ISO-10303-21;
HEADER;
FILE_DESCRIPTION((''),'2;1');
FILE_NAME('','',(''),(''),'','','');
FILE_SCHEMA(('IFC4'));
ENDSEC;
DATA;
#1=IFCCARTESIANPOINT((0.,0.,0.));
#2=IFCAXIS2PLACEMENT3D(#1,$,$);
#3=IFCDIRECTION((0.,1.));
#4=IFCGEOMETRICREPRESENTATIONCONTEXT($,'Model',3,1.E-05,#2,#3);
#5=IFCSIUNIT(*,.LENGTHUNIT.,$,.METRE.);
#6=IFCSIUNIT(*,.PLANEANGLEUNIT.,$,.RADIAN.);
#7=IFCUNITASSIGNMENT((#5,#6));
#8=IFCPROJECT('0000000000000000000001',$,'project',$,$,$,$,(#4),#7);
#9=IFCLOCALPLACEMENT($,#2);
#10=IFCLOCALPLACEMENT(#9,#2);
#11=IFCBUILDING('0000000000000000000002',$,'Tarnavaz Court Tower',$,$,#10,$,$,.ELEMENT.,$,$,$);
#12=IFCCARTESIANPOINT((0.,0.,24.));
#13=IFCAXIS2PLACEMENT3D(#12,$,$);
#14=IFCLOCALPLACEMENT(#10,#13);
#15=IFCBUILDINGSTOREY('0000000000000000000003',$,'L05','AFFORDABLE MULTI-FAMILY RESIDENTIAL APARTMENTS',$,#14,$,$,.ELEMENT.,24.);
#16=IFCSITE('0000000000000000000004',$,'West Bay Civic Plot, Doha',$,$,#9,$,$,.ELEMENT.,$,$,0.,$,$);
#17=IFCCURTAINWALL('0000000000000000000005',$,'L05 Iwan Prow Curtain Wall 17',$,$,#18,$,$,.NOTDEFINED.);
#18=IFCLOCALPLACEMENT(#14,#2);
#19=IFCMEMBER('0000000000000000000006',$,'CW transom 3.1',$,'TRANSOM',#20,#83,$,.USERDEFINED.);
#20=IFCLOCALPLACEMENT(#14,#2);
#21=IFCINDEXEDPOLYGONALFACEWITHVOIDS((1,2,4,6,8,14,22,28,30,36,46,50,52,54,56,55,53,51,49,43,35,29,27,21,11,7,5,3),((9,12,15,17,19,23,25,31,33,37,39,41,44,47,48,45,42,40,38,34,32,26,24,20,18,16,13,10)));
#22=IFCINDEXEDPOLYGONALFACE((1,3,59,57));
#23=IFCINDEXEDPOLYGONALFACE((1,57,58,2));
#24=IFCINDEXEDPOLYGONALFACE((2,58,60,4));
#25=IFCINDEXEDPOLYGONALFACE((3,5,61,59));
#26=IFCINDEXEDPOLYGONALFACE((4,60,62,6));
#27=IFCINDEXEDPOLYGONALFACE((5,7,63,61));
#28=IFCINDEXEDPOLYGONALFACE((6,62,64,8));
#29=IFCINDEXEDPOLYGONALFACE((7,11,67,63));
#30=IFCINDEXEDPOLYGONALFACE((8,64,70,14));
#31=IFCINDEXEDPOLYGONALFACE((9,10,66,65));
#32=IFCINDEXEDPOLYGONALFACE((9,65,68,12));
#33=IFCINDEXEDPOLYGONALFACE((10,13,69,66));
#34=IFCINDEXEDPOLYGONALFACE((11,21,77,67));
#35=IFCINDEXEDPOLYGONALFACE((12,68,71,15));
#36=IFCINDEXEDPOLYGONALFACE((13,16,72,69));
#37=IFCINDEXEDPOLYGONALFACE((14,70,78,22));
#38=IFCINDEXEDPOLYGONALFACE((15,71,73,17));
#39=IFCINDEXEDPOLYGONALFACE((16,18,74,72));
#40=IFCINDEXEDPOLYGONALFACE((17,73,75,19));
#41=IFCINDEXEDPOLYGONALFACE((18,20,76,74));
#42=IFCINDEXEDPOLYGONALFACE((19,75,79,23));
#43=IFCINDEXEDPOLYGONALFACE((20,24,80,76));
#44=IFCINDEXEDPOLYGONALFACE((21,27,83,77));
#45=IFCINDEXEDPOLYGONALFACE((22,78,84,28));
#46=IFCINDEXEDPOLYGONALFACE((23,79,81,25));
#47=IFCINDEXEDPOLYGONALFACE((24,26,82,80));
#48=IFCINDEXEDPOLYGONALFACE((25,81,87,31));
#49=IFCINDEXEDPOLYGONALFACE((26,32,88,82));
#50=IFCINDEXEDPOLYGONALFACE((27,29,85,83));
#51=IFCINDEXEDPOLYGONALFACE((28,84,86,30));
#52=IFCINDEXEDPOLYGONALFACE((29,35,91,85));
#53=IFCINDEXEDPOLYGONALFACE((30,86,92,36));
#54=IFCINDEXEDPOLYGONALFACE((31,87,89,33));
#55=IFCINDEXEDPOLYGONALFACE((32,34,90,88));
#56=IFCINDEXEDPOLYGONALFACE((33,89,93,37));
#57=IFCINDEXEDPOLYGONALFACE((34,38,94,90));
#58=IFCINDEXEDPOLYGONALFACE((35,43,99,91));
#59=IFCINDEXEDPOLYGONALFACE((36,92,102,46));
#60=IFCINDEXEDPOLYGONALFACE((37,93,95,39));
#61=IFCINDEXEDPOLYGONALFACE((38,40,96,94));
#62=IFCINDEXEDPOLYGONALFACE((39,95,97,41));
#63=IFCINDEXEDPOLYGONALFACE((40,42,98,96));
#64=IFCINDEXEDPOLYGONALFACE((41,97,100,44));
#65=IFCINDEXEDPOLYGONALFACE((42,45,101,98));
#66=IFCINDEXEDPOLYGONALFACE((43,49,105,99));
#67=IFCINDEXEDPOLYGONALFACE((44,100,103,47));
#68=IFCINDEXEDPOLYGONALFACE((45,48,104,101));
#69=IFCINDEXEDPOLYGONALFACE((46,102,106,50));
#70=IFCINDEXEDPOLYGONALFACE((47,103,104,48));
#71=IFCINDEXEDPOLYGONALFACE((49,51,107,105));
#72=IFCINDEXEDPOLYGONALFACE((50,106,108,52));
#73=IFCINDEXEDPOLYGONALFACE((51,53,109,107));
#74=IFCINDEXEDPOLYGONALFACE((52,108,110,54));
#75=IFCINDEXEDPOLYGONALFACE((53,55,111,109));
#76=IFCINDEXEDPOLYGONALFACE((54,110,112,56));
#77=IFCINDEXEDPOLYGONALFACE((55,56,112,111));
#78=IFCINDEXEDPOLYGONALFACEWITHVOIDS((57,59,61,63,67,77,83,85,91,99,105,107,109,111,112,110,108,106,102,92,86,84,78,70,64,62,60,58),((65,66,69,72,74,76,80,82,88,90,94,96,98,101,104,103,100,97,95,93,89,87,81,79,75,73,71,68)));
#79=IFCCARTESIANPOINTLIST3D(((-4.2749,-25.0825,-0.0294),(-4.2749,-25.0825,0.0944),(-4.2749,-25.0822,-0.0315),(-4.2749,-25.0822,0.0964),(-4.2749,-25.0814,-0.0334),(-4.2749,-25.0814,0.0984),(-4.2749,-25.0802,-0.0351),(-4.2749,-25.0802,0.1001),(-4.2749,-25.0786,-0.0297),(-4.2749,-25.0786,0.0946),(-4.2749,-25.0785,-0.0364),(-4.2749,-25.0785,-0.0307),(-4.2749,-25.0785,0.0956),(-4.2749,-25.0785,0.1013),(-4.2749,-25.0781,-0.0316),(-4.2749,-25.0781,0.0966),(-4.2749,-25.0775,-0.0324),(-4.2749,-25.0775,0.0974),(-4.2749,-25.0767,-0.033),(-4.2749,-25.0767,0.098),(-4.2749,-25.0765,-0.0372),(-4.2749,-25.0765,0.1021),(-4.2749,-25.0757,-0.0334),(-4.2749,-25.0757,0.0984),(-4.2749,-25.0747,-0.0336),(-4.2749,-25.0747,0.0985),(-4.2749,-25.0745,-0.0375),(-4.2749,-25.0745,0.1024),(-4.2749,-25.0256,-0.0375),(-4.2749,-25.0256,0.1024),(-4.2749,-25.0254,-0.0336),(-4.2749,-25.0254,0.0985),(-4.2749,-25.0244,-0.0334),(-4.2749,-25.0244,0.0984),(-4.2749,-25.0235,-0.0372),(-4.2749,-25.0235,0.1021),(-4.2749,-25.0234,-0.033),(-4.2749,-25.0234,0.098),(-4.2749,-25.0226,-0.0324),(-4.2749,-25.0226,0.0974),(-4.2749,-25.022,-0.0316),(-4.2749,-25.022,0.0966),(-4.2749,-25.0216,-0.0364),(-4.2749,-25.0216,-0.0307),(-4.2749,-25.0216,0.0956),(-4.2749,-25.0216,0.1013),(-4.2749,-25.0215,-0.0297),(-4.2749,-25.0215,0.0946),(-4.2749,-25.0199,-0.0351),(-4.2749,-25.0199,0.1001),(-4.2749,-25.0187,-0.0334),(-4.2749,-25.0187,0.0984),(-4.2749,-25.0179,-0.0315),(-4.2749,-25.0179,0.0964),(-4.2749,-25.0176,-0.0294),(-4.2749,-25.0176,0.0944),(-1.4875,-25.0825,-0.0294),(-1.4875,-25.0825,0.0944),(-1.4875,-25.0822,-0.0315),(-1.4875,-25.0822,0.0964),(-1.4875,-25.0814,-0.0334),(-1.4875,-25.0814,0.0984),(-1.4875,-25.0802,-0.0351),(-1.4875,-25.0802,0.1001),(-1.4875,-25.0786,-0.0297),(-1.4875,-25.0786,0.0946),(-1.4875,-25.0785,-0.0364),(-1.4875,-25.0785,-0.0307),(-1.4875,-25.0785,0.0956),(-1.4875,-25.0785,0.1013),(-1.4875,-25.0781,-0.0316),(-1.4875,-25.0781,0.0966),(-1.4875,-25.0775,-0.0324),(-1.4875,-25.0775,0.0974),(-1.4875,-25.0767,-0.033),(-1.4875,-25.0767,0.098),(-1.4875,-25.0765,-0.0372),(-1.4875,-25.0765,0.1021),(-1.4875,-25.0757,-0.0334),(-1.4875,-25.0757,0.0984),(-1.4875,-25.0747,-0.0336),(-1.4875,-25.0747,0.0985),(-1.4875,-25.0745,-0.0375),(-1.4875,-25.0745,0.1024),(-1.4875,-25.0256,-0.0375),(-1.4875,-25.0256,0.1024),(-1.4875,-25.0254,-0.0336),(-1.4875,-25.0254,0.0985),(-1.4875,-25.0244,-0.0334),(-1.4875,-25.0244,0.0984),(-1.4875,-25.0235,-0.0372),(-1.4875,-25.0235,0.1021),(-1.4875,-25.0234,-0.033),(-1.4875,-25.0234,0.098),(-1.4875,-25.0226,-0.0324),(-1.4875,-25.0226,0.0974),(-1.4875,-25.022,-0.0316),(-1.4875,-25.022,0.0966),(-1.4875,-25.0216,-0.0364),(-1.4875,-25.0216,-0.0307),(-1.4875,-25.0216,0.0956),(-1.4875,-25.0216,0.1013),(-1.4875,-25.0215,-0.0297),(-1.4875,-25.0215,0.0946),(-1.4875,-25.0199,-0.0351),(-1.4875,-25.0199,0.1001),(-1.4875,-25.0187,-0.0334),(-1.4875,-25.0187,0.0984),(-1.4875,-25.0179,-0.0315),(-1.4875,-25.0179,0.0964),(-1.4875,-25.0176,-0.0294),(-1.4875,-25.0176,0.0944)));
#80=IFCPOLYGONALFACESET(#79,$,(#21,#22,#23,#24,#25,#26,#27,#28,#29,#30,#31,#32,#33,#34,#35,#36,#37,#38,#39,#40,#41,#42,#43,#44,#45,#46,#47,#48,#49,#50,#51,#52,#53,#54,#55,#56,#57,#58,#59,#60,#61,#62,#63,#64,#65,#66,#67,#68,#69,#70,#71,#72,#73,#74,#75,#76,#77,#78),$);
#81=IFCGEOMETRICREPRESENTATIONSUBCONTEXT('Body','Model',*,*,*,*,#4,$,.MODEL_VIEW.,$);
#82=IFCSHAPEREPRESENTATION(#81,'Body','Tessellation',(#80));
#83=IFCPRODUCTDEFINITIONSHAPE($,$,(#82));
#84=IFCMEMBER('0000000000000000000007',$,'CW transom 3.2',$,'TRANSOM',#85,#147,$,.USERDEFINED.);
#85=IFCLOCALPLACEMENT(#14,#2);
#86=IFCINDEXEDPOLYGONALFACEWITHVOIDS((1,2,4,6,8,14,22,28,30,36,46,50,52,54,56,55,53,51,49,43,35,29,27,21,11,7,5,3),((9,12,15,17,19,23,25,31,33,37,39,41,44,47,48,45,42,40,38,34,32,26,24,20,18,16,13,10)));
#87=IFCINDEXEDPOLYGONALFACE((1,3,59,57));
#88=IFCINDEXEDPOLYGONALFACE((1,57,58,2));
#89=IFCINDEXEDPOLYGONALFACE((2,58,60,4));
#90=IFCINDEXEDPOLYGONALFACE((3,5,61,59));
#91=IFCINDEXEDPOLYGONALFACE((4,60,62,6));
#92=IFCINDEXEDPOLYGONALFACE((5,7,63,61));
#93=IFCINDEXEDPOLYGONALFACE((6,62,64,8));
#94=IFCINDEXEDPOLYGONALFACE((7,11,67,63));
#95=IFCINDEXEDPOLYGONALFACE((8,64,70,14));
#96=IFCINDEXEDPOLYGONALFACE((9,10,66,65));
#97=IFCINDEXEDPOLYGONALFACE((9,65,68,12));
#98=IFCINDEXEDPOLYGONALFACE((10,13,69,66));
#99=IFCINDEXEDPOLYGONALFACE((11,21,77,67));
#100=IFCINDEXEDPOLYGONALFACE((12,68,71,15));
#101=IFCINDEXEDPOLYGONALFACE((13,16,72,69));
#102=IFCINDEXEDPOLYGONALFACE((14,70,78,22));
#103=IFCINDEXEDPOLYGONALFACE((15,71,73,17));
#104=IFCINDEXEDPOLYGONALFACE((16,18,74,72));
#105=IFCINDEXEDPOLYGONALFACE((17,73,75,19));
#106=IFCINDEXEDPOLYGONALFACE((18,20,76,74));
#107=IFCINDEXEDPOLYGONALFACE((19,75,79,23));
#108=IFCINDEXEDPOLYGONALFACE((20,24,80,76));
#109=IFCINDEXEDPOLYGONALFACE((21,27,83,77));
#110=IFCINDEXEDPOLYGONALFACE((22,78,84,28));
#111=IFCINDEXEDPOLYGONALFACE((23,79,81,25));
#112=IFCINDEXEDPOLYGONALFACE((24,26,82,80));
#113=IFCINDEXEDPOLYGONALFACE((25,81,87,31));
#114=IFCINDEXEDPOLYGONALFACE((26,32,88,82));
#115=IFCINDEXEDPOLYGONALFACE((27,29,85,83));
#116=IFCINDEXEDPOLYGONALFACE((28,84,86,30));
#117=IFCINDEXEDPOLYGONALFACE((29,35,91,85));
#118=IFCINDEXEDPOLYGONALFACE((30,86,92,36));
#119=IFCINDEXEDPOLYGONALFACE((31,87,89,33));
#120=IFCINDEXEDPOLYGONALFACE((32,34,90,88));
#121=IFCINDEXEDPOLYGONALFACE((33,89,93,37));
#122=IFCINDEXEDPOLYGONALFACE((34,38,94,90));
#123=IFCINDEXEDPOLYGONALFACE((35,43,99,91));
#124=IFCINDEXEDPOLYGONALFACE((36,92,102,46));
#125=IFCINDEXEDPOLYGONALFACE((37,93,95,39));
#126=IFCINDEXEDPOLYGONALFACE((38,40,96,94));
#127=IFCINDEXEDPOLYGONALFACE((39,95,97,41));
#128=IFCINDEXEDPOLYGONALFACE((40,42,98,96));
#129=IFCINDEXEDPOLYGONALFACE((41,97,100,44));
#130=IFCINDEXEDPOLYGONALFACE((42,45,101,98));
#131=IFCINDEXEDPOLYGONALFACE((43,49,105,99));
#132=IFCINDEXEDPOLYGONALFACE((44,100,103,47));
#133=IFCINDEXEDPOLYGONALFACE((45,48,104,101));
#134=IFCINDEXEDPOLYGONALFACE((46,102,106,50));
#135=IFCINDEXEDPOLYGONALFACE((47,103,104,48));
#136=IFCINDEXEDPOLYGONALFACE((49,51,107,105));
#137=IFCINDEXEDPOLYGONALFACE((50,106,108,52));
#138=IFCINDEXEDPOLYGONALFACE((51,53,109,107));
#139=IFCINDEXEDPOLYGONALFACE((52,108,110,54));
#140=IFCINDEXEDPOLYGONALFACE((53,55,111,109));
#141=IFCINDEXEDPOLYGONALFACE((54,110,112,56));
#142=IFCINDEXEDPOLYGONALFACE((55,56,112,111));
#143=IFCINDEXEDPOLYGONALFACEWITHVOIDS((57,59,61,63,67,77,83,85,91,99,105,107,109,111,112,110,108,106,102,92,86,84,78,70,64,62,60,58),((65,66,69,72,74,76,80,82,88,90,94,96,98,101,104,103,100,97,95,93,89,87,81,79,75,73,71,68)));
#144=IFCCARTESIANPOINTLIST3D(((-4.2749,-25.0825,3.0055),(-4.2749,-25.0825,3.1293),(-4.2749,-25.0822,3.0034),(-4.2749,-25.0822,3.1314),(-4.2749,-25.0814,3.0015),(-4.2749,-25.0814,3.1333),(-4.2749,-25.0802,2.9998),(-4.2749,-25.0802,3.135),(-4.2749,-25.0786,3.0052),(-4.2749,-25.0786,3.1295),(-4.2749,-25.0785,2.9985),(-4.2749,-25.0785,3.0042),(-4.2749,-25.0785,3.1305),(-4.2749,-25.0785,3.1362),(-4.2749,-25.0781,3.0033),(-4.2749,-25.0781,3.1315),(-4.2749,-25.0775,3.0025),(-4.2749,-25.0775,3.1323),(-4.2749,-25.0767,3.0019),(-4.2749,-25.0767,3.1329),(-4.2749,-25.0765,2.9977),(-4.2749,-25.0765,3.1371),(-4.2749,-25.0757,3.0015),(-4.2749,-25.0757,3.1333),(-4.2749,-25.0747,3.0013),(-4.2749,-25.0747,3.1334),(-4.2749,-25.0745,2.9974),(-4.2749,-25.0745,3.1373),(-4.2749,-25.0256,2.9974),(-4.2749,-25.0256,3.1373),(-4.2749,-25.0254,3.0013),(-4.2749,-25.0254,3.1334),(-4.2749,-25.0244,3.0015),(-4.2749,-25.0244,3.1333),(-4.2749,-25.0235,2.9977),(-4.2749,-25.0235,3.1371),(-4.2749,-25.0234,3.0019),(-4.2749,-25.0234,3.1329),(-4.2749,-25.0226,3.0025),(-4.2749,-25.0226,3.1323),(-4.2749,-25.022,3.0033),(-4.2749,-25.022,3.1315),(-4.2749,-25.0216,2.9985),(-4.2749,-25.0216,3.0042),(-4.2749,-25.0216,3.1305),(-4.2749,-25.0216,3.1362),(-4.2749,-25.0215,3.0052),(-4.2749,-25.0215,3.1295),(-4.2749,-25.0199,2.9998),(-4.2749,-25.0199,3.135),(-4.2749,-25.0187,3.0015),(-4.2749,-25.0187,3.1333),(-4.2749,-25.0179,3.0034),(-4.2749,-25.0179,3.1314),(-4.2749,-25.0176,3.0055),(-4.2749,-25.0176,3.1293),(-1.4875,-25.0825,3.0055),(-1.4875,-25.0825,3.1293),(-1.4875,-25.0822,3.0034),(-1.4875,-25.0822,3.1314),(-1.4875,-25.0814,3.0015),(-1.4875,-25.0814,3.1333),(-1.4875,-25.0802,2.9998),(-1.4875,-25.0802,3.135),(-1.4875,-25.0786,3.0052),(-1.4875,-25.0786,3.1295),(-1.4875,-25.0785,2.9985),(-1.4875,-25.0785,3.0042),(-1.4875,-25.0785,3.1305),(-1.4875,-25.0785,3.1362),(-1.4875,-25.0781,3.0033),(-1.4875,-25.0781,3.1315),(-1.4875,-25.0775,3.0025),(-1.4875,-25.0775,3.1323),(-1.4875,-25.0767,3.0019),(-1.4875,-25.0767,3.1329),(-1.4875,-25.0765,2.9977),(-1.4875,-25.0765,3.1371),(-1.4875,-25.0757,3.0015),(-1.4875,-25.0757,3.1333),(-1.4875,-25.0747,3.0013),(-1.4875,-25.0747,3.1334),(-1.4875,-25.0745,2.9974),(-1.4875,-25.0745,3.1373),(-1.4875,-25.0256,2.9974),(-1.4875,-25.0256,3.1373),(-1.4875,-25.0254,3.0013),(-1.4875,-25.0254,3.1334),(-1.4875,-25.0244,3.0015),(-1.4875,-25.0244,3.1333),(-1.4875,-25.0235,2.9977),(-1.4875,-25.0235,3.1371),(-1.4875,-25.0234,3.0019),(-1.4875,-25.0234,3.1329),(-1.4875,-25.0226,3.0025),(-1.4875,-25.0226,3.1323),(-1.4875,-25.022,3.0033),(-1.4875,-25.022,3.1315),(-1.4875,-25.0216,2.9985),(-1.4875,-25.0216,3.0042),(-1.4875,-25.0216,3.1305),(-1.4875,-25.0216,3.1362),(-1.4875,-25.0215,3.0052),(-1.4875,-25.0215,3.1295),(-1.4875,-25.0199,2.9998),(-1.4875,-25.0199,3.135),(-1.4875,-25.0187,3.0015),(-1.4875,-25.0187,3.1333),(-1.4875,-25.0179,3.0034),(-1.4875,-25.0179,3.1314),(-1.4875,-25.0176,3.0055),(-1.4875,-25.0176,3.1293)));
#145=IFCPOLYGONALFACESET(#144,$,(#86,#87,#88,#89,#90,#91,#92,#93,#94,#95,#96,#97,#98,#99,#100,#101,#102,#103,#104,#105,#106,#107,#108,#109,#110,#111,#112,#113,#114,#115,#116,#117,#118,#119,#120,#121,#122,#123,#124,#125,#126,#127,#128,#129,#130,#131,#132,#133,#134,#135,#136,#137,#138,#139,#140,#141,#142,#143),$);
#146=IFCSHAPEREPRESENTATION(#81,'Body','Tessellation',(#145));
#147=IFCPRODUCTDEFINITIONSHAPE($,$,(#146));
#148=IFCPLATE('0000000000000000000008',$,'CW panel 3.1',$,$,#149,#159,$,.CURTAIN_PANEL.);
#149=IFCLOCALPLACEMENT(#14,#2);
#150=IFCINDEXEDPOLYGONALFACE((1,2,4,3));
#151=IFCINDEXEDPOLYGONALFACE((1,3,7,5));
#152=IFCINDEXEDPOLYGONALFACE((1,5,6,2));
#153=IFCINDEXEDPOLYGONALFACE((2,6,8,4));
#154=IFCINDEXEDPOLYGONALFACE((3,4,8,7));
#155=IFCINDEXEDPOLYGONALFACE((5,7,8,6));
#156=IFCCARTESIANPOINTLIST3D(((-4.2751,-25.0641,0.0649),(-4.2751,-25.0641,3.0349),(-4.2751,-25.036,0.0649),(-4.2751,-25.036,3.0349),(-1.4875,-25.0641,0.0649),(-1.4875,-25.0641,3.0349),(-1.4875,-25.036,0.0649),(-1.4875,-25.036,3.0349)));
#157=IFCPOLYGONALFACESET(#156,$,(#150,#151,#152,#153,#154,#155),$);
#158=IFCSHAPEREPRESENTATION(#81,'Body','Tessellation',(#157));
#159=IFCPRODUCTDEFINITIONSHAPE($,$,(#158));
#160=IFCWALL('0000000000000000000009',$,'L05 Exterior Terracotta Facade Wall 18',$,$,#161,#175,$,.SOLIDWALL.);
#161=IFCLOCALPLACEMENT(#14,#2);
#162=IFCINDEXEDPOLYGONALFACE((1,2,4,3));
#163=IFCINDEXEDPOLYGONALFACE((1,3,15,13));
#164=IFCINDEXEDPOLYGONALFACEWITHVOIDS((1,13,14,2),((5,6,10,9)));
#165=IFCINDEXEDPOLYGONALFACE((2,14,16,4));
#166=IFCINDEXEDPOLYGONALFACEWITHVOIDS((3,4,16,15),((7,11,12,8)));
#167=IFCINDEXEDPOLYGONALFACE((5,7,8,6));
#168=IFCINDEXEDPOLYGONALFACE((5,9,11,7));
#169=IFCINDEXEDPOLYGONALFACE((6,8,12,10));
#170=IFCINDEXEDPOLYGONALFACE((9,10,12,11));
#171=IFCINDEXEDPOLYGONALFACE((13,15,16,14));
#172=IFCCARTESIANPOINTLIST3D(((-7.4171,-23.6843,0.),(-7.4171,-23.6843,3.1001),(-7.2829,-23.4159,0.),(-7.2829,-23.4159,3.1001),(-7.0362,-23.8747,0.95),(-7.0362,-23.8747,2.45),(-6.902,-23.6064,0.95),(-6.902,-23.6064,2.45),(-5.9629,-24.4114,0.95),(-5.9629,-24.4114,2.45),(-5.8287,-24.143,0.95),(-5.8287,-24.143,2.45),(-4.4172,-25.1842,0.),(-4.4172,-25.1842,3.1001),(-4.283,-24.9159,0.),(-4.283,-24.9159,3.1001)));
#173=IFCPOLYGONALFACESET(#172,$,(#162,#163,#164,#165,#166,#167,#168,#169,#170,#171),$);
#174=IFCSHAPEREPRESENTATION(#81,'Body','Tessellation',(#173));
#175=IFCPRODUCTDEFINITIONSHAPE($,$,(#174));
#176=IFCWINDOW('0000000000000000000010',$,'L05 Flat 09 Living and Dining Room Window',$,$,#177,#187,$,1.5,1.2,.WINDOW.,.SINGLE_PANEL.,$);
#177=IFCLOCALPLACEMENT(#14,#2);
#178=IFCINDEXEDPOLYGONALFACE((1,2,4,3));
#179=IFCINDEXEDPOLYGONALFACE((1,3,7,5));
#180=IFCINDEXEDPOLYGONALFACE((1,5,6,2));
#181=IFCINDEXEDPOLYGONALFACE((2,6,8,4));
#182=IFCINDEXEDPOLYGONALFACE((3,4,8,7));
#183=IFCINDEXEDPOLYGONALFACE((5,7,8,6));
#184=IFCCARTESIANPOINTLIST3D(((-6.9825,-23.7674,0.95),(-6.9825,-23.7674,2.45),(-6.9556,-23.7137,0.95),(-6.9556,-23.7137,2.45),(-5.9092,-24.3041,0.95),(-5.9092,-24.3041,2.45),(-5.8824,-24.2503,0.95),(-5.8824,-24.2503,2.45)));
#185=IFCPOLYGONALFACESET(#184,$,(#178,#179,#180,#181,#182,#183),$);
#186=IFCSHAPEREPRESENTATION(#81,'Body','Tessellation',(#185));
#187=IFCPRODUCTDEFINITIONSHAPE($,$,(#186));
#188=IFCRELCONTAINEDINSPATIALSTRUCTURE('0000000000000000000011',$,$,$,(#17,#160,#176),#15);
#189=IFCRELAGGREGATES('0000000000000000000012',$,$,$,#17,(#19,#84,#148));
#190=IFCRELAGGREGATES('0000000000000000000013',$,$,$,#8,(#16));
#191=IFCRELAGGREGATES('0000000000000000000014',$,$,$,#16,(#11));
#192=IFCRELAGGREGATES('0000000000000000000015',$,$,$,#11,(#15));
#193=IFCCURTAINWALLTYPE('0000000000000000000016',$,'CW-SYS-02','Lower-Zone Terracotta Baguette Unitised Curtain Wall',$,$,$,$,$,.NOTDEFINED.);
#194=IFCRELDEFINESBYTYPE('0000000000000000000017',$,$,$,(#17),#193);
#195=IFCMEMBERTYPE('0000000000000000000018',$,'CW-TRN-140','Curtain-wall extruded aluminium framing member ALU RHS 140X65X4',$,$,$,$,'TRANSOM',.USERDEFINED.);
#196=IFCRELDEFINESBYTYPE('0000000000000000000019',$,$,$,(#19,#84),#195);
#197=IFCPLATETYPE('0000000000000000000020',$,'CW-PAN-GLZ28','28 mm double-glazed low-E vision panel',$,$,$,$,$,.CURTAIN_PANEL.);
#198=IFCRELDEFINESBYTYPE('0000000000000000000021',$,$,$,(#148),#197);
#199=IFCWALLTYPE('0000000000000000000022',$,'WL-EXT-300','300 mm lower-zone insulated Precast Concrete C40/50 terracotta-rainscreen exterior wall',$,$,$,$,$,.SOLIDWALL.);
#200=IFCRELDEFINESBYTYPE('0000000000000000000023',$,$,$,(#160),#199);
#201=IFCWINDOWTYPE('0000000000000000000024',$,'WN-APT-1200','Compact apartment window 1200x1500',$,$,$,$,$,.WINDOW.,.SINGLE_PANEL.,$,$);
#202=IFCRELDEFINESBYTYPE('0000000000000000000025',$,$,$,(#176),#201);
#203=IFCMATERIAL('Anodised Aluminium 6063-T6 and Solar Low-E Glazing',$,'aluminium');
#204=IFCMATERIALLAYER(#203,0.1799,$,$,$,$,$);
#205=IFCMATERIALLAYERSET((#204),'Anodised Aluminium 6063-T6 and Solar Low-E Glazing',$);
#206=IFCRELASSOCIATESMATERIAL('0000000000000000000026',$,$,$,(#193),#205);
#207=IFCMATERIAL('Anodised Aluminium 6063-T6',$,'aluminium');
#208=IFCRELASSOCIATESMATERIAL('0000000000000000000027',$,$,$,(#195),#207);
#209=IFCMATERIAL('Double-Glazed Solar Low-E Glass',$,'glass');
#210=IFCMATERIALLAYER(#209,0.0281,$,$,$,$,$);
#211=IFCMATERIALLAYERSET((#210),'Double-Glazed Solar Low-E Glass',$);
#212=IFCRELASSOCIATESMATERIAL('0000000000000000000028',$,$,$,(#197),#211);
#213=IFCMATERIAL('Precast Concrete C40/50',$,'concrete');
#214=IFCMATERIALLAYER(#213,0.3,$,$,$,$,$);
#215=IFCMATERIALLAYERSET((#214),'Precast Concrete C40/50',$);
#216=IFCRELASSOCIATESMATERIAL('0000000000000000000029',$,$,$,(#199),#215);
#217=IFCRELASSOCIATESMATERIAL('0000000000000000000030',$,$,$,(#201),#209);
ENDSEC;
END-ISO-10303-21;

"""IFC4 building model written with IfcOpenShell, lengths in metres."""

from ifc_helpers import new_model, si_unit, direction, frame, frame_2d, origin, origin_2d, place, context, subcontext, project, spatial, rectangle, hollow_rectangle, extrude, material, layer, layer_set, material_profile, profile_set, type_object, element, fill, aggregate, save


model = new_model("IFC4")

# Units and contexts
model_context = context("Model", 3, precision=1e-05, world=origin(), true_north=direction((0.0, 1.0)))
body_context = subcontext(model_context, "Body", "Model", "MODEL_VIEW")
ifc_project = project(units=[si_unit("LENGTHUNIT", "METRE"), si_unit("PLANEANGLEUNIT", "RADIAN")], contexts=[model_context])

# Site, building, storey
site_placement = place(None, origin())
site = spatial("IfcSite", under=ifc_project, at=site_placement, Name="West Bay Civic Plot, Doha", CompositionType="ELEMENT", RefElevation=0.0)
building_placement = place(site_placement, origin())
building = spatial("IfcBuilding", under=site, at=building_placement, Name="Tarnavaz Court Tower", CompositionType="ELEMENT")
storey_placement = place(building_placement, frame((0.0, 0.0, 24.0)))
storey = spatial("IfcBuildingStorey", under=building, at=storey_placement, Name="L05", Description="AFFORDABLE MULTI-FAMILY RESIDENTIAL APARTMENTS", CompositionType="ELEMENT", Elevation=24.0)

# Curtain wall, members, plate
ifc_material_1 = material(Name="Anodised Aluminium 6063-T6 and Solar Low-E Glazing", Category="aluminium")
ifc_layer_1 = layer(ifc_material_1, 0.1799)
ifc_layer_set_1 = layer_set([ifc_layer_1], Name="Anodised Aluminium 6063-T6 and Solar Low-E Glazing")
curtain_wall_type = type_object("IfcCurtainWallType", Name="CW-SYS-02", Description="Lower-Zone Terracotta Baguette Unitised Curtain Wall", PredefinedType="NOTDEFINED", material=ifc_layer_set_1)
curtain_wall_placement = place(storey_placement, origin())
curtain_wall = element("IfcCurtainWall", 1, at=curtain_wall_placement, inside=storey, type_object=curtain_wall_type, Name="L05 Iwan Prow Curtain Wall 17", PredefinedType="NOTDEFINED")
ifc_material_2 = material(Name="Anodised Aluminium 6063-T6", Category="aluminium")
ifc_material_profile_1 = material_profile(ifc_material_2, hollow_rectangle(XDim=0.0649, YDim=0.1399, WallThickness=0.0039, InnerFilletRadius=0.0039, OuterFilletRadius=0.0081, at=origin_2d()), Name="ALU RHS 140X65X4")
ifc_profile_set_1 = profile_set([ifc_material_profile_1], Name="Anodised Aluminium 6063-T6")
member_type_1 = type_object("IfcMemberType", Name="CW-TRN-140", Description="Curtain-wall extruded aluminium framing member ALU RHS 140X65X4", ElementType="TRANSOM", PredefinedType="USERDEFINED", material=ifc_profile_set_1)
member_1_placement = place(storey_placement, frame((-1.4875, -25.05, 0.0325), z_axis=(-1.0, 0.0, 0.0), x_axis=(0.0, -1.0, 0.0)))
member_1 = element("IfcMember", 2, at=member_1_placement, type_object=member_type_1, Name="CW transom 3.1", ObjectType="TRANSOM", PredefinedType="USERDEFINED", context=body_context, shape_type="SweptSolid", body=[
    extrude(hollow_rectangle(XDim=0.0649, YDim=0.1399, WallThickness=0.0039, InnerFilletRadius=0.0039, OuterFilletRadius=0.0081, at=origin_2d()), origin(), (0.0, 0.0, 1.0), 2.7874),
])
member_2_placement = place(storey_placement, frame((-1.4875, -25.05, 3.0674), z_axis=(-1.0, 0.0, 0.0), x_axis=(0.0, -1.0, 0.0)))
member_2 = element("IfcMember", 3, at=member_2_placement, type_object=member_type_1, Name="CW transom 3.2", ObjectType="TRANSOM", PredefinedType="USERDEFINED", context=body_context, shape_type="SweptSolid", body=[
    extrude(hollow_rectangle(XDim=0.0649, YDim=0.1399, WallThickness=0.0039, InnerFilletRadius=0.0039, OuterFilletRadius=0.0081, at=origin_2d()), origin(), (0.0, 0.0, 1.0), 2.7874),
])
ifc_material_3 = material(Name="Double-Glazed Solar Low-E Glass", Category="glass")
ifc_layer_2 = layer(ifc_material_3, 0.0281)
ifc_layer_set_2 = layer_set([ifc_layer_2], Name="Double-Glazed Solar Low-E Glass")
plate_type = type_object("IfcPlateType", Name="CW-PAN-GLZ28", Description="28 mm double-glazed low-E vision panel", PredefinedType="CURTAIN_PANEL", material=ifc_layer_set_2)
plate_placement = place(storey_placement, frame((-2.8813, -25.05, 0.0649), z_axis=(0.0, 0.0, 1.0), x_axis=(-1.0, 0.0, 0.0)))
plate = element("IfcPlate", 4, at=plate_placement, type_object=plate_type, Name="CW panel 3.1", PredefinedType="CURTAIN_PANEL", context=body_context, shape_type="SweptSolid", body=[
    extrude(rectangle(XDim=2.7876, YDim=0.0281, at=origin_2d()), origin(), (0.0, 0.0, 1.0), 2.97),
])
aggregate(curtain_wall, [member_1, member_2, plate])

# Wall, opening, window
ifc_material_4 = material(Name="Precast Concrete C40/50", Category="concrete")
ifc_layer_3 = layer(ifc_material_4, 0.3)
ifc_layer_set_3 = layer_set([ifc_layer_3], Name="Precast Concrete C40/50")
wall_type_1 = type_object("IfcWallType", Name="WL-EXT-300", Description="300 mm lower-zone insulated Precast Concrete C40/50 terracotta-rainscreen exterior wall", PredefinedType="SOLIDWALL", material=ifc_layer_set_3)
wall_1_placement = place(storey_placement, frame((-4.3501, -25.05, 0.0), z_axis=(0.0, 0.0, 1.0), x_axis=(-0.894427, 0.447214, 0.0)))
wall_1 = element("IfcWall", 5, at=wall_1_placement, inside=storey, type_object=wall_type_1, Name="L05 Exterior Terracotta Facade Wall 18", PredefinedType="SOLIDWALL", context=body_context, shape_type="SweptSolid", body=[
    extrude(rectangle(XDim=3.354, YDim=0.3, at=frame_2d((1.677, 0.0))), origin(), (0.0, 0.0, 1.0), 3.1001),
])
opening_1_placement = place(wall_1_placement, frame((1.728, 0.0, 0.95)))
opening_1 = element("IfcOpeningElement", 6, at=opening_1_placement, cuts=wall_1, PredefinedType="OPENING", context=body_context, shape_type="SweptSolid", body=[
    extrude(rectangle(XDim=1.2, YDim=1.5, at=frame_2d((0.6001, 0.75))), frame((0.0, 0.1599, 0.0), z_axis=(0.0, -1.0, 0.0), x_axis=(1.0, 0.0, 0.0)), (0.0, 0.0, 1.0), 0.3201),
])
window_type = type_object("IfcWindowType", Name="WN-APT-1200", Description="Compact apartment window 1200x1500", PartitioningType="SINGLE_PANEL", PredefinedType="WINDOW", material=ifc_material_3)
window_placement = place(opening_1_placement, origin())
window = element("IfcWindow", 7, at=window_placement, inside=storey, type_object=window_type, Name="L05 Flat 09 Living and Dining Room Window", OverallHeight=1.5, OverallWidth=1.2, PartitioningType="SINGLE_PANEL", PredefinedType="WINDOW", context=body_context, shape_type="SweptSolid", body=[
    extrude(rectangle(XDim=1.2, YDim=1.5, at=frame_2d((0.6001, 0.75))), frame((0.0, 0.03, 0.0), z_axis=(0.0, -1.0, 0.0), x_axis=(1.0, 0.0, 0.0)), (0.0, 0.0, 1.0), 0.0601),
])
fill(opening_1, window)

save(model, "model.ifc")
